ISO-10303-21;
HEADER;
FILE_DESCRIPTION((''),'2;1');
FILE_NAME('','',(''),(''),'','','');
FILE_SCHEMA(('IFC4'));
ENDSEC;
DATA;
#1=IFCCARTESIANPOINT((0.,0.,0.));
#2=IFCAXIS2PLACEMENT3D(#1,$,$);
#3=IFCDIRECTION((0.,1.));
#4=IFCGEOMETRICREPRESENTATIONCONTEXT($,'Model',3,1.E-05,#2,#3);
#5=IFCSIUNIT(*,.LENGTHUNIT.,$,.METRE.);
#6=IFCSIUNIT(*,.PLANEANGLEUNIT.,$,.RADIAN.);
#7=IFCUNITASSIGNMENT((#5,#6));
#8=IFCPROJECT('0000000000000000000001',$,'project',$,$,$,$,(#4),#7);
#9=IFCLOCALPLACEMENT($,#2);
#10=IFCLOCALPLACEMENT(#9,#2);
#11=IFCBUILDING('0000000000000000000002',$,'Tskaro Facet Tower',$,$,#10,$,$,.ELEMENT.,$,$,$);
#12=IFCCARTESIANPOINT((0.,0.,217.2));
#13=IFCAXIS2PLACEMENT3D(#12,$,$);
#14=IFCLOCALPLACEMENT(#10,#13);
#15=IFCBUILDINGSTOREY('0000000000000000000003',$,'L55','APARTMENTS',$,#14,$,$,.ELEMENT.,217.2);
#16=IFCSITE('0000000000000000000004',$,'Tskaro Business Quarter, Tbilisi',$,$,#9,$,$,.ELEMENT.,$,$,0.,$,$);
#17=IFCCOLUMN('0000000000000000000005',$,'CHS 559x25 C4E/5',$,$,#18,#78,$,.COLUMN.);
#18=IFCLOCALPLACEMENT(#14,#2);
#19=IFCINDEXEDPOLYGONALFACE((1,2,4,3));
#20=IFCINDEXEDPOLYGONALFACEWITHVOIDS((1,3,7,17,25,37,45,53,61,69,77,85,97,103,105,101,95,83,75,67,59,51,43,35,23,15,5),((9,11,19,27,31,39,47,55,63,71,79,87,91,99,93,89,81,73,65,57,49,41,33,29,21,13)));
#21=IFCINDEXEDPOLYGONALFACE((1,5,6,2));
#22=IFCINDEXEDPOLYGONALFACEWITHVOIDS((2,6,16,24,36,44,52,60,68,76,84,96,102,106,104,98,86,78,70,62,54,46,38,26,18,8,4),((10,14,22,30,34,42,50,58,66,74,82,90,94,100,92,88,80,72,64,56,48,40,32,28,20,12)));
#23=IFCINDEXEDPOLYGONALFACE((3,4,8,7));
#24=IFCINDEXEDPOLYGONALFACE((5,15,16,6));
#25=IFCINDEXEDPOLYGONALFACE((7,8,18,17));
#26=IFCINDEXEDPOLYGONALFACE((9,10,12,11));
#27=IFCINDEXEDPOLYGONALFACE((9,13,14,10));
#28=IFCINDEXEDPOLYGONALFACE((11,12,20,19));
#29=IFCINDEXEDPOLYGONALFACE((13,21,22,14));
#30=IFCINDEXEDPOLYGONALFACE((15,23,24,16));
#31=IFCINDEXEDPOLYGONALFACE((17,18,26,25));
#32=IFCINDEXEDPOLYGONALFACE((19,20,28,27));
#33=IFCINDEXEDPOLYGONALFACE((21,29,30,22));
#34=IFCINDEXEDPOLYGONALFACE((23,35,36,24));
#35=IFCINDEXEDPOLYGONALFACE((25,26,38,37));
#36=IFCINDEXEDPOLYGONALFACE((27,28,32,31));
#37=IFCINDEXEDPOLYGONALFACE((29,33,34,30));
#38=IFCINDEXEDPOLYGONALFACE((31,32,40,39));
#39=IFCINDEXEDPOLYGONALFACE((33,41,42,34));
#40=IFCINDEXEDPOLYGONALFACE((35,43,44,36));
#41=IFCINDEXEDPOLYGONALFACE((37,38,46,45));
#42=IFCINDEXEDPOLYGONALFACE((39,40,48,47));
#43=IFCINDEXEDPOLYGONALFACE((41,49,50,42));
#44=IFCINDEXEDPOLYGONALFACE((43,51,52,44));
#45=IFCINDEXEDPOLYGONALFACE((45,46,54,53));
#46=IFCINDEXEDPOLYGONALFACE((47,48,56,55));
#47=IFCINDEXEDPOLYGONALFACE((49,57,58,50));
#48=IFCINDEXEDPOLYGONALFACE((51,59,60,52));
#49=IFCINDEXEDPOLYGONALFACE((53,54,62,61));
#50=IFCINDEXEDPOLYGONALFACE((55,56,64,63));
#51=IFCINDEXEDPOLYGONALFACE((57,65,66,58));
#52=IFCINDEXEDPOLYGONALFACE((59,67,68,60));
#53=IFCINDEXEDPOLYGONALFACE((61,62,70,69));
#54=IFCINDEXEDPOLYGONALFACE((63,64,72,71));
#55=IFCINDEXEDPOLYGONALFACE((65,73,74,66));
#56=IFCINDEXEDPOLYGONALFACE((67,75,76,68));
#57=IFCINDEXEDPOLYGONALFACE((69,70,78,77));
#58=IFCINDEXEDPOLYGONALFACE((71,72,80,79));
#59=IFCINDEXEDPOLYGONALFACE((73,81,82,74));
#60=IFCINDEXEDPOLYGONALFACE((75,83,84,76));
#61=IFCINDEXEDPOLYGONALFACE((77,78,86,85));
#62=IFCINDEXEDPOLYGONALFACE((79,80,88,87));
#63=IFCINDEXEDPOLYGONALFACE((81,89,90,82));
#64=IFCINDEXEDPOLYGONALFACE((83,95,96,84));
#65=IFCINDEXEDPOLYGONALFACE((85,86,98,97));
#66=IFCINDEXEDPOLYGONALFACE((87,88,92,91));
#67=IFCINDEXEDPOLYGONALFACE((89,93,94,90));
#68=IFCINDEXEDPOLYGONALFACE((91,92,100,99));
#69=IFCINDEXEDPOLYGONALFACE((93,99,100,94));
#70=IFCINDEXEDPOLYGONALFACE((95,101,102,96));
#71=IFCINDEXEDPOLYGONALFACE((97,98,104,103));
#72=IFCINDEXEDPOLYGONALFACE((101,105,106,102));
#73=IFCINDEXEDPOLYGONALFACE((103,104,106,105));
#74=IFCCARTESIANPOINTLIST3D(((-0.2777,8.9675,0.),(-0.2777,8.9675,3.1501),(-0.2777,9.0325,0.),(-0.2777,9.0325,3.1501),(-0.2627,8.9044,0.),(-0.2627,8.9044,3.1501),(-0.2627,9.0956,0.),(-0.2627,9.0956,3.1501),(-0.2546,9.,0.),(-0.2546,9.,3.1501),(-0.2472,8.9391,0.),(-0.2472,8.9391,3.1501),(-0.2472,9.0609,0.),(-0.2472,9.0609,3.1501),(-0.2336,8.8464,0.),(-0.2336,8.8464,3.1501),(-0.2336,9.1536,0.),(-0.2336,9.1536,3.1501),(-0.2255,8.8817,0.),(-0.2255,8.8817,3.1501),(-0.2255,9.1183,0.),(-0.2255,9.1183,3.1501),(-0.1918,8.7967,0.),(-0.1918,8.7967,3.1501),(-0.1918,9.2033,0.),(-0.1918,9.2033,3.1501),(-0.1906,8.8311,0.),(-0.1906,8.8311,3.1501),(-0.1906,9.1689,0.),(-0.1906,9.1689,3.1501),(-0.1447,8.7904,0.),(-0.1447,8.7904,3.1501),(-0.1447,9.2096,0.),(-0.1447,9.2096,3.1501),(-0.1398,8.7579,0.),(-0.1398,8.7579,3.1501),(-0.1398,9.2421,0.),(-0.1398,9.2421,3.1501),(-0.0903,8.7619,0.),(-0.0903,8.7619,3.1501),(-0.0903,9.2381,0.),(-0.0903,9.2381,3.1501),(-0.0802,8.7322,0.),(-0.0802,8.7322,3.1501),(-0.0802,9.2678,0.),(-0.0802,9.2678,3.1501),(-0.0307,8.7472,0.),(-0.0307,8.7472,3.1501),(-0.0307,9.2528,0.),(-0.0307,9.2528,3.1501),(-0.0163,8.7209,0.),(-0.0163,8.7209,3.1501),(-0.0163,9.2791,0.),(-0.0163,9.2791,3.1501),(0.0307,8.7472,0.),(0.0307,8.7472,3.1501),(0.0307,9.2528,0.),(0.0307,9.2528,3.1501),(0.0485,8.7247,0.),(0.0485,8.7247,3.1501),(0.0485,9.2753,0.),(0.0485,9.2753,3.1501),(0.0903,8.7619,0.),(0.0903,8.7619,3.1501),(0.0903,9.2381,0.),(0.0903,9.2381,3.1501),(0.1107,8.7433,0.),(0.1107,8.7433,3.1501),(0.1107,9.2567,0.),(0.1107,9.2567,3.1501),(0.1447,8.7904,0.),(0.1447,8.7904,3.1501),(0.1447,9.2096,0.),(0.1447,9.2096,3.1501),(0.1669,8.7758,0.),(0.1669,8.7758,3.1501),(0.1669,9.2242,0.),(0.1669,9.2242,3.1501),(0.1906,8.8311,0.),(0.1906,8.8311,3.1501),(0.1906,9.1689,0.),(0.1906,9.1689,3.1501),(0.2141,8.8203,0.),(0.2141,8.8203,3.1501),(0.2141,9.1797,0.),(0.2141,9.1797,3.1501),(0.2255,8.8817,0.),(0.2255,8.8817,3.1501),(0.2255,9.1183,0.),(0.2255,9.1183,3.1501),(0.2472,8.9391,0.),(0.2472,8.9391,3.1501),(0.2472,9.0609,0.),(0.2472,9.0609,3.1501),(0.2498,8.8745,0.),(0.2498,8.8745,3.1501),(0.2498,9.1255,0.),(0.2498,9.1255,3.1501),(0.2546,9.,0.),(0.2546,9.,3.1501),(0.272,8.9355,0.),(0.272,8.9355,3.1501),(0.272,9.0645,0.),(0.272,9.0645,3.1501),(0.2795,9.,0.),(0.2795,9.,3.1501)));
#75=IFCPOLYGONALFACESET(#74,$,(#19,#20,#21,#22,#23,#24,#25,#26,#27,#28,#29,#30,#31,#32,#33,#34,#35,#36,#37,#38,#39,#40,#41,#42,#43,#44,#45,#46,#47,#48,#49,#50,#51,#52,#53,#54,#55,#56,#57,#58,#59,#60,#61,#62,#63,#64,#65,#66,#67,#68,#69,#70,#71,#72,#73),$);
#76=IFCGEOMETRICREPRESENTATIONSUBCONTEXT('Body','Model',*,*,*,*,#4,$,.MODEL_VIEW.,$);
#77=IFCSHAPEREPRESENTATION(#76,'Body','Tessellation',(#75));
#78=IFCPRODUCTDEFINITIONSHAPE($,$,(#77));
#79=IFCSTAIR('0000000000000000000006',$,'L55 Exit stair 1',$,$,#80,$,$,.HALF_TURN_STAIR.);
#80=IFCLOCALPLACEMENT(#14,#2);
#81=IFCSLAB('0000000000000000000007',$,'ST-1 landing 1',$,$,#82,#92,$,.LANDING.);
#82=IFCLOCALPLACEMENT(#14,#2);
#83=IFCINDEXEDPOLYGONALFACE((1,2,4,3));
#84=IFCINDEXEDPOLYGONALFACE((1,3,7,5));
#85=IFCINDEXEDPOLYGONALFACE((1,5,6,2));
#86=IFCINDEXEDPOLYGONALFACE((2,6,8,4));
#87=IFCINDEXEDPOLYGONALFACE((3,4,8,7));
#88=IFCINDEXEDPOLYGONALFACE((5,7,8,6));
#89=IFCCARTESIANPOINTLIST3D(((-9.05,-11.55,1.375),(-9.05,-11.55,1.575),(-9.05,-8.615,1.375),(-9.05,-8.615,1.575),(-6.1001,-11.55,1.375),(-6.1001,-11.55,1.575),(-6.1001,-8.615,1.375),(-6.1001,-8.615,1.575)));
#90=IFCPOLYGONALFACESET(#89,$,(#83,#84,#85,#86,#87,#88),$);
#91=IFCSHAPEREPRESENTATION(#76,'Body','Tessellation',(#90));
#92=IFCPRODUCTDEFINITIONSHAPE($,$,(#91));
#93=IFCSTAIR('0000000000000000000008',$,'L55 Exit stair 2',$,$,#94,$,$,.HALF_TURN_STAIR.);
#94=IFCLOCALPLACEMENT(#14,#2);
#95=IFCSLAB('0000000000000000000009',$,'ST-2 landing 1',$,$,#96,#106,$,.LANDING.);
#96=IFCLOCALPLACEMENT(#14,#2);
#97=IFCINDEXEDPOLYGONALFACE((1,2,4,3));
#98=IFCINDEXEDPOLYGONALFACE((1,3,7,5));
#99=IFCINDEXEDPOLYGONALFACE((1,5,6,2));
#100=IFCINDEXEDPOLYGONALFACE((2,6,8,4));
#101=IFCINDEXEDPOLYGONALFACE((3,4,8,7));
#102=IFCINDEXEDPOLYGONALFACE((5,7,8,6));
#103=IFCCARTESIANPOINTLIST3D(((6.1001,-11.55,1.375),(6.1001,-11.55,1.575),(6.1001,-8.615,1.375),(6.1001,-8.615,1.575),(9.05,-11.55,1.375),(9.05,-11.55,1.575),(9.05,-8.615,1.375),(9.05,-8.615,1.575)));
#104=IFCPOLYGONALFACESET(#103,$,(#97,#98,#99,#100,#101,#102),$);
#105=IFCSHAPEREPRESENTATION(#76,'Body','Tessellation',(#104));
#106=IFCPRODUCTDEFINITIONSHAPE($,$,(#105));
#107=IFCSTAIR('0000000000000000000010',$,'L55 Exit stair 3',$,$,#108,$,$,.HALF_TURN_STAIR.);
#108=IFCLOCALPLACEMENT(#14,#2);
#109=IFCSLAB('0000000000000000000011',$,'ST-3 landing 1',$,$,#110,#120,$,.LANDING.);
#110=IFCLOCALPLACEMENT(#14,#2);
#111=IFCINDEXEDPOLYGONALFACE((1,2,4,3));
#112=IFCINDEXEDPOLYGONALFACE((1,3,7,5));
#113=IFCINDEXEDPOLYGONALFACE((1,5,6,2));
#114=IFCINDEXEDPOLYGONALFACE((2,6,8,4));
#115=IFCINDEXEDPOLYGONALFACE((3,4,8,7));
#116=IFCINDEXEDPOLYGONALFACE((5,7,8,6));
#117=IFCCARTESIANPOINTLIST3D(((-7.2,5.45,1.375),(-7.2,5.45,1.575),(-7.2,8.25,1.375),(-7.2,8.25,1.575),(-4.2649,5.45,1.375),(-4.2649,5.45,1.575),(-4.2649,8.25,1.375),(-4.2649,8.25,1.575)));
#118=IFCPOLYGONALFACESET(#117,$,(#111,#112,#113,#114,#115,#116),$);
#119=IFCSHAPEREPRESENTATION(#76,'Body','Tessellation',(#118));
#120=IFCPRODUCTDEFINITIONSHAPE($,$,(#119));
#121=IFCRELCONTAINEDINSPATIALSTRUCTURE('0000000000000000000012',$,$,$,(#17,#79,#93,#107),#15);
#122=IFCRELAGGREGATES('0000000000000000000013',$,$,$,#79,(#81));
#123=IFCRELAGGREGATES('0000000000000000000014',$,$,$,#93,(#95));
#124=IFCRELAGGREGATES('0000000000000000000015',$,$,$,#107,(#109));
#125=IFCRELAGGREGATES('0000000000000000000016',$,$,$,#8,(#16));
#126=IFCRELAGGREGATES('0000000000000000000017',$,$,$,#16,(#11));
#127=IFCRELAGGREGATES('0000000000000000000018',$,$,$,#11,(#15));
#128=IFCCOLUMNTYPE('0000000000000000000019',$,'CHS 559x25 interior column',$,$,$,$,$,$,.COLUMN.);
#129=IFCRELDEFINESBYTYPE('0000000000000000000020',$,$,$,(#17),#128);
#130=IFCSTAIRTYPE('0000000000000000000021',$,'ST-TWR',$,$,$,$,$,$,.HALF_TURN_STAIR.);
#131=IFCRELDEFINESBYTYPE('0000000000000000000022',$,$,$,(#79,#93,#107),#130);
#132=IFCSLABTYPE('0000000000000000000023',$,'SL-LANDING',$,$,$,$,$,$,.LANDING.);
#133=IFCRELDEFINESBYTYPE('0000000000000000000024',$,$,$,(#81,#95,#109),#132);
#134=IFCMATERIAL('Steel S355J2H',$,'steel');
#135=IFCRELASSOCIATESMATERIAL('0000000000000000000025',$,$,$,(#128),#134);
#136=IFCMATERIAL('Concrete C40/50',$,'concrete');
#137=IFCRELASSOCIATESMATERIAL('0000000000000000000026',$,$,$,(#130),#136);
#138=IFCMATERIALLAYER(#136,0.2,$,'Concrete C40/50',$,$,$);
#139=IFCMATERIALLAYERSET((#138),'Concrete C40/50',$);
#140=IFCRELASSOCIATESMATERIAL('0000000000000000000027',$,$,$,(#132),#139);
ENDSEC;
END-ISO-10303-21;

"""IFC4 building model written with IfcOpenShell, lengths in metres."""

from ifc_helpers import new_model, si_unit, direction, frame, origin, origin_2d, place, context, subcontext, project, spatial, polyline, hollow_circle, outline, extrude, material, layer, layer_set, material_profile, profile_set, type_object, element, aggregate, save


model = new_model("IFC4")

# Units and contexts
model_context = context("Model", 3, precision=1e-05, world=origin(), true_north=direction((0.0, 1.0)))
body_context = subcontext(model_context, "Body", "Model", "MODEL_VIEW")
ifc_project = project(units=[si_unit("LENGTHUNIT", "METRE"), si_unit("PLANEANGLEUNIT", "RADIAN")], contexts=[model_context])

# Site, building, storey
site_placement = place(None, origin())
site = spatial("IfcSite", under=ifc_project, at=site_placement, Name="Tskaro Business Quarter, Tbilisi", CompositionType="ELEMENT", RefElevation=0.0)
building_placement = place(site_placement, origin())
building = spatial("IfcBuilding", under=site, at=building_placement, Name="Tskaro Facet Tower", CompositionType="ELEMENT")
storey_placement = place(building_placement, frame((0.0, 0.0, 217.2)))
storey = spatial("IfcBuildingStorey", under=building, at=storey_placement, Name="L55", Description="APARTMENTS", CompositionType="ELEMENT", Elevation=217.2)

# Column
ifc_material_1 = material(Name="Steel S355J2H", Category="steel")
ifc_material_profile = material_profile(ifc_material_1, hollow_circle(Radius=0.2795, WallThickness=0.0249, at=origin_2d()), Name="CHS 559x25")
ifc_profile_set = profile_set([ifc_material_profile], Name="Steel S355J2H")
column_type = type_object("IfcColumnType", Name="CHS 559x25 interior column", PredefinedType="COLUMN", material=ifc_profile_set)
column_placement = place(storey_placement, frame((0.0, 9.0, 0.0), z_axis=(0.0, 0.0, 1.0), x_axis=(1.0, 0.0, 0.0)))
element("IfcColumn", 1, at=column_placement, inside=storey, type_object=column_type, Name="CHS 559x25 C4E/5", PredefinedType="COLUMN", context=body_context, shape_type="SweptSolid", body=[
    extrude(hollow_circle(Radius=0.2795, WallThickness=0.0249, at=origin_2d()), origin(), (0.0, 0.0, 1.0), 3.1501),
])

# Stairs, slabs
ifc_material_2 = material(Name="Concrete C40/50", Category="concrete")
stair_type = type_object("IfcStairType", Name="ST-TWR", PredefinedType="HALF_TURN_STAIR", material=ifc_material_2)
stair_1_placement = place(storey_placement, origin())
stair_1 = element("IfcStair", 2, at=stair_1_placement, inside=storey, type_object=stair_type, Name="L55 Exit stair 1", PredefinedType="HALF_TURN_STAIR")
ifc_layer_1 = layer(ifc_material_2, 0.2, Name="Concrete C40/50")
ifc_layer_set_1 = layer_set([ifc_layer_1], Name="Concrete C40/50")
slab_type_1 = type_object("IfcSlabType", Name="SL-LANDING", PredefinedType="LANDING", material=ifc_layer_set_1)
slab_1_placement = place(storey_placement, frame((0.0, 0.0, 1.375)))
slab_1 = element("IfcSlab", 3, at=slab_1_placement, type_object=slab_type_1, Name="ST-1 landing 1", PredefinedType="LANDING", context=body_context, shape_type="SweptSolid", body=[
    extrude(outline(polyline([(-9.05, -11.55), (-6.1001, -11.55), (-6.1001, -8.615), (-9.05, -8.615), (-9.05, -11.55)])), origin(), (0.0, 0.0, 1.0), 0.2),
])
aggregate(stair_1, [slab_1])
stair_2_placement = place(storey_placement, origin())
stair_2 = element("IfcStair", 4, at=stair_2_placement, inside=storey, type_object=stair_type, Name="L55 Exit stair 2", PredefinedType="HALF_TURN_STAIR")
slab_2_placement = place(storey_placement, frame((0.0, 0.0, 1.375)))
slab_2 = element("IfcSlab", 5, at=slab_2_placement, type_object=slab_type_1, Name="ST-2 landing 1", PredefinedType="LANDING", context=body_context, shape_type="SweptSolid", body=[
    extrude(outline(polyline([(6.1001, -11.55), (9.05, -11.55), (9.05, -8.615), (6.1001, -8.615), (6.1001, -11.55)])), origin(), (0.0, 0.0, 1.0), 0.2),
])
aggregate(stair_2, [slab_2])
stair_3_placement = place(storey_placement, origin())
stair_3 = element("IfcStair", 6, at=stair_3_placement, inside=storey, type_object=stair_type, Name="L55 Exit stair 3", PredefinedType="HALF_TURN_STAIR")
slab_3_placement = place(storey_placement, frame((0.0, 0.0, 1.375)))
slab_3 = element("IfcSlab", 7, at=slab_3_placement, type_object=slab_type_1, Name="ST-3 landing 1", PredefinedType="LANDING", context=body_context, shape_type="SweptSolid", body=[
    extrude(outline(polyline([(-7.2, 5.45), (-4.2649, 5.45), (-4.2649, 8.25), (-7.2, 8.25), (-7.2, 5.45)])), origin(), (0.0, 0.0, 1.0), 0.2),
])

aggregate(stair_3, [slab_3])

save(model, "model.ifc")
